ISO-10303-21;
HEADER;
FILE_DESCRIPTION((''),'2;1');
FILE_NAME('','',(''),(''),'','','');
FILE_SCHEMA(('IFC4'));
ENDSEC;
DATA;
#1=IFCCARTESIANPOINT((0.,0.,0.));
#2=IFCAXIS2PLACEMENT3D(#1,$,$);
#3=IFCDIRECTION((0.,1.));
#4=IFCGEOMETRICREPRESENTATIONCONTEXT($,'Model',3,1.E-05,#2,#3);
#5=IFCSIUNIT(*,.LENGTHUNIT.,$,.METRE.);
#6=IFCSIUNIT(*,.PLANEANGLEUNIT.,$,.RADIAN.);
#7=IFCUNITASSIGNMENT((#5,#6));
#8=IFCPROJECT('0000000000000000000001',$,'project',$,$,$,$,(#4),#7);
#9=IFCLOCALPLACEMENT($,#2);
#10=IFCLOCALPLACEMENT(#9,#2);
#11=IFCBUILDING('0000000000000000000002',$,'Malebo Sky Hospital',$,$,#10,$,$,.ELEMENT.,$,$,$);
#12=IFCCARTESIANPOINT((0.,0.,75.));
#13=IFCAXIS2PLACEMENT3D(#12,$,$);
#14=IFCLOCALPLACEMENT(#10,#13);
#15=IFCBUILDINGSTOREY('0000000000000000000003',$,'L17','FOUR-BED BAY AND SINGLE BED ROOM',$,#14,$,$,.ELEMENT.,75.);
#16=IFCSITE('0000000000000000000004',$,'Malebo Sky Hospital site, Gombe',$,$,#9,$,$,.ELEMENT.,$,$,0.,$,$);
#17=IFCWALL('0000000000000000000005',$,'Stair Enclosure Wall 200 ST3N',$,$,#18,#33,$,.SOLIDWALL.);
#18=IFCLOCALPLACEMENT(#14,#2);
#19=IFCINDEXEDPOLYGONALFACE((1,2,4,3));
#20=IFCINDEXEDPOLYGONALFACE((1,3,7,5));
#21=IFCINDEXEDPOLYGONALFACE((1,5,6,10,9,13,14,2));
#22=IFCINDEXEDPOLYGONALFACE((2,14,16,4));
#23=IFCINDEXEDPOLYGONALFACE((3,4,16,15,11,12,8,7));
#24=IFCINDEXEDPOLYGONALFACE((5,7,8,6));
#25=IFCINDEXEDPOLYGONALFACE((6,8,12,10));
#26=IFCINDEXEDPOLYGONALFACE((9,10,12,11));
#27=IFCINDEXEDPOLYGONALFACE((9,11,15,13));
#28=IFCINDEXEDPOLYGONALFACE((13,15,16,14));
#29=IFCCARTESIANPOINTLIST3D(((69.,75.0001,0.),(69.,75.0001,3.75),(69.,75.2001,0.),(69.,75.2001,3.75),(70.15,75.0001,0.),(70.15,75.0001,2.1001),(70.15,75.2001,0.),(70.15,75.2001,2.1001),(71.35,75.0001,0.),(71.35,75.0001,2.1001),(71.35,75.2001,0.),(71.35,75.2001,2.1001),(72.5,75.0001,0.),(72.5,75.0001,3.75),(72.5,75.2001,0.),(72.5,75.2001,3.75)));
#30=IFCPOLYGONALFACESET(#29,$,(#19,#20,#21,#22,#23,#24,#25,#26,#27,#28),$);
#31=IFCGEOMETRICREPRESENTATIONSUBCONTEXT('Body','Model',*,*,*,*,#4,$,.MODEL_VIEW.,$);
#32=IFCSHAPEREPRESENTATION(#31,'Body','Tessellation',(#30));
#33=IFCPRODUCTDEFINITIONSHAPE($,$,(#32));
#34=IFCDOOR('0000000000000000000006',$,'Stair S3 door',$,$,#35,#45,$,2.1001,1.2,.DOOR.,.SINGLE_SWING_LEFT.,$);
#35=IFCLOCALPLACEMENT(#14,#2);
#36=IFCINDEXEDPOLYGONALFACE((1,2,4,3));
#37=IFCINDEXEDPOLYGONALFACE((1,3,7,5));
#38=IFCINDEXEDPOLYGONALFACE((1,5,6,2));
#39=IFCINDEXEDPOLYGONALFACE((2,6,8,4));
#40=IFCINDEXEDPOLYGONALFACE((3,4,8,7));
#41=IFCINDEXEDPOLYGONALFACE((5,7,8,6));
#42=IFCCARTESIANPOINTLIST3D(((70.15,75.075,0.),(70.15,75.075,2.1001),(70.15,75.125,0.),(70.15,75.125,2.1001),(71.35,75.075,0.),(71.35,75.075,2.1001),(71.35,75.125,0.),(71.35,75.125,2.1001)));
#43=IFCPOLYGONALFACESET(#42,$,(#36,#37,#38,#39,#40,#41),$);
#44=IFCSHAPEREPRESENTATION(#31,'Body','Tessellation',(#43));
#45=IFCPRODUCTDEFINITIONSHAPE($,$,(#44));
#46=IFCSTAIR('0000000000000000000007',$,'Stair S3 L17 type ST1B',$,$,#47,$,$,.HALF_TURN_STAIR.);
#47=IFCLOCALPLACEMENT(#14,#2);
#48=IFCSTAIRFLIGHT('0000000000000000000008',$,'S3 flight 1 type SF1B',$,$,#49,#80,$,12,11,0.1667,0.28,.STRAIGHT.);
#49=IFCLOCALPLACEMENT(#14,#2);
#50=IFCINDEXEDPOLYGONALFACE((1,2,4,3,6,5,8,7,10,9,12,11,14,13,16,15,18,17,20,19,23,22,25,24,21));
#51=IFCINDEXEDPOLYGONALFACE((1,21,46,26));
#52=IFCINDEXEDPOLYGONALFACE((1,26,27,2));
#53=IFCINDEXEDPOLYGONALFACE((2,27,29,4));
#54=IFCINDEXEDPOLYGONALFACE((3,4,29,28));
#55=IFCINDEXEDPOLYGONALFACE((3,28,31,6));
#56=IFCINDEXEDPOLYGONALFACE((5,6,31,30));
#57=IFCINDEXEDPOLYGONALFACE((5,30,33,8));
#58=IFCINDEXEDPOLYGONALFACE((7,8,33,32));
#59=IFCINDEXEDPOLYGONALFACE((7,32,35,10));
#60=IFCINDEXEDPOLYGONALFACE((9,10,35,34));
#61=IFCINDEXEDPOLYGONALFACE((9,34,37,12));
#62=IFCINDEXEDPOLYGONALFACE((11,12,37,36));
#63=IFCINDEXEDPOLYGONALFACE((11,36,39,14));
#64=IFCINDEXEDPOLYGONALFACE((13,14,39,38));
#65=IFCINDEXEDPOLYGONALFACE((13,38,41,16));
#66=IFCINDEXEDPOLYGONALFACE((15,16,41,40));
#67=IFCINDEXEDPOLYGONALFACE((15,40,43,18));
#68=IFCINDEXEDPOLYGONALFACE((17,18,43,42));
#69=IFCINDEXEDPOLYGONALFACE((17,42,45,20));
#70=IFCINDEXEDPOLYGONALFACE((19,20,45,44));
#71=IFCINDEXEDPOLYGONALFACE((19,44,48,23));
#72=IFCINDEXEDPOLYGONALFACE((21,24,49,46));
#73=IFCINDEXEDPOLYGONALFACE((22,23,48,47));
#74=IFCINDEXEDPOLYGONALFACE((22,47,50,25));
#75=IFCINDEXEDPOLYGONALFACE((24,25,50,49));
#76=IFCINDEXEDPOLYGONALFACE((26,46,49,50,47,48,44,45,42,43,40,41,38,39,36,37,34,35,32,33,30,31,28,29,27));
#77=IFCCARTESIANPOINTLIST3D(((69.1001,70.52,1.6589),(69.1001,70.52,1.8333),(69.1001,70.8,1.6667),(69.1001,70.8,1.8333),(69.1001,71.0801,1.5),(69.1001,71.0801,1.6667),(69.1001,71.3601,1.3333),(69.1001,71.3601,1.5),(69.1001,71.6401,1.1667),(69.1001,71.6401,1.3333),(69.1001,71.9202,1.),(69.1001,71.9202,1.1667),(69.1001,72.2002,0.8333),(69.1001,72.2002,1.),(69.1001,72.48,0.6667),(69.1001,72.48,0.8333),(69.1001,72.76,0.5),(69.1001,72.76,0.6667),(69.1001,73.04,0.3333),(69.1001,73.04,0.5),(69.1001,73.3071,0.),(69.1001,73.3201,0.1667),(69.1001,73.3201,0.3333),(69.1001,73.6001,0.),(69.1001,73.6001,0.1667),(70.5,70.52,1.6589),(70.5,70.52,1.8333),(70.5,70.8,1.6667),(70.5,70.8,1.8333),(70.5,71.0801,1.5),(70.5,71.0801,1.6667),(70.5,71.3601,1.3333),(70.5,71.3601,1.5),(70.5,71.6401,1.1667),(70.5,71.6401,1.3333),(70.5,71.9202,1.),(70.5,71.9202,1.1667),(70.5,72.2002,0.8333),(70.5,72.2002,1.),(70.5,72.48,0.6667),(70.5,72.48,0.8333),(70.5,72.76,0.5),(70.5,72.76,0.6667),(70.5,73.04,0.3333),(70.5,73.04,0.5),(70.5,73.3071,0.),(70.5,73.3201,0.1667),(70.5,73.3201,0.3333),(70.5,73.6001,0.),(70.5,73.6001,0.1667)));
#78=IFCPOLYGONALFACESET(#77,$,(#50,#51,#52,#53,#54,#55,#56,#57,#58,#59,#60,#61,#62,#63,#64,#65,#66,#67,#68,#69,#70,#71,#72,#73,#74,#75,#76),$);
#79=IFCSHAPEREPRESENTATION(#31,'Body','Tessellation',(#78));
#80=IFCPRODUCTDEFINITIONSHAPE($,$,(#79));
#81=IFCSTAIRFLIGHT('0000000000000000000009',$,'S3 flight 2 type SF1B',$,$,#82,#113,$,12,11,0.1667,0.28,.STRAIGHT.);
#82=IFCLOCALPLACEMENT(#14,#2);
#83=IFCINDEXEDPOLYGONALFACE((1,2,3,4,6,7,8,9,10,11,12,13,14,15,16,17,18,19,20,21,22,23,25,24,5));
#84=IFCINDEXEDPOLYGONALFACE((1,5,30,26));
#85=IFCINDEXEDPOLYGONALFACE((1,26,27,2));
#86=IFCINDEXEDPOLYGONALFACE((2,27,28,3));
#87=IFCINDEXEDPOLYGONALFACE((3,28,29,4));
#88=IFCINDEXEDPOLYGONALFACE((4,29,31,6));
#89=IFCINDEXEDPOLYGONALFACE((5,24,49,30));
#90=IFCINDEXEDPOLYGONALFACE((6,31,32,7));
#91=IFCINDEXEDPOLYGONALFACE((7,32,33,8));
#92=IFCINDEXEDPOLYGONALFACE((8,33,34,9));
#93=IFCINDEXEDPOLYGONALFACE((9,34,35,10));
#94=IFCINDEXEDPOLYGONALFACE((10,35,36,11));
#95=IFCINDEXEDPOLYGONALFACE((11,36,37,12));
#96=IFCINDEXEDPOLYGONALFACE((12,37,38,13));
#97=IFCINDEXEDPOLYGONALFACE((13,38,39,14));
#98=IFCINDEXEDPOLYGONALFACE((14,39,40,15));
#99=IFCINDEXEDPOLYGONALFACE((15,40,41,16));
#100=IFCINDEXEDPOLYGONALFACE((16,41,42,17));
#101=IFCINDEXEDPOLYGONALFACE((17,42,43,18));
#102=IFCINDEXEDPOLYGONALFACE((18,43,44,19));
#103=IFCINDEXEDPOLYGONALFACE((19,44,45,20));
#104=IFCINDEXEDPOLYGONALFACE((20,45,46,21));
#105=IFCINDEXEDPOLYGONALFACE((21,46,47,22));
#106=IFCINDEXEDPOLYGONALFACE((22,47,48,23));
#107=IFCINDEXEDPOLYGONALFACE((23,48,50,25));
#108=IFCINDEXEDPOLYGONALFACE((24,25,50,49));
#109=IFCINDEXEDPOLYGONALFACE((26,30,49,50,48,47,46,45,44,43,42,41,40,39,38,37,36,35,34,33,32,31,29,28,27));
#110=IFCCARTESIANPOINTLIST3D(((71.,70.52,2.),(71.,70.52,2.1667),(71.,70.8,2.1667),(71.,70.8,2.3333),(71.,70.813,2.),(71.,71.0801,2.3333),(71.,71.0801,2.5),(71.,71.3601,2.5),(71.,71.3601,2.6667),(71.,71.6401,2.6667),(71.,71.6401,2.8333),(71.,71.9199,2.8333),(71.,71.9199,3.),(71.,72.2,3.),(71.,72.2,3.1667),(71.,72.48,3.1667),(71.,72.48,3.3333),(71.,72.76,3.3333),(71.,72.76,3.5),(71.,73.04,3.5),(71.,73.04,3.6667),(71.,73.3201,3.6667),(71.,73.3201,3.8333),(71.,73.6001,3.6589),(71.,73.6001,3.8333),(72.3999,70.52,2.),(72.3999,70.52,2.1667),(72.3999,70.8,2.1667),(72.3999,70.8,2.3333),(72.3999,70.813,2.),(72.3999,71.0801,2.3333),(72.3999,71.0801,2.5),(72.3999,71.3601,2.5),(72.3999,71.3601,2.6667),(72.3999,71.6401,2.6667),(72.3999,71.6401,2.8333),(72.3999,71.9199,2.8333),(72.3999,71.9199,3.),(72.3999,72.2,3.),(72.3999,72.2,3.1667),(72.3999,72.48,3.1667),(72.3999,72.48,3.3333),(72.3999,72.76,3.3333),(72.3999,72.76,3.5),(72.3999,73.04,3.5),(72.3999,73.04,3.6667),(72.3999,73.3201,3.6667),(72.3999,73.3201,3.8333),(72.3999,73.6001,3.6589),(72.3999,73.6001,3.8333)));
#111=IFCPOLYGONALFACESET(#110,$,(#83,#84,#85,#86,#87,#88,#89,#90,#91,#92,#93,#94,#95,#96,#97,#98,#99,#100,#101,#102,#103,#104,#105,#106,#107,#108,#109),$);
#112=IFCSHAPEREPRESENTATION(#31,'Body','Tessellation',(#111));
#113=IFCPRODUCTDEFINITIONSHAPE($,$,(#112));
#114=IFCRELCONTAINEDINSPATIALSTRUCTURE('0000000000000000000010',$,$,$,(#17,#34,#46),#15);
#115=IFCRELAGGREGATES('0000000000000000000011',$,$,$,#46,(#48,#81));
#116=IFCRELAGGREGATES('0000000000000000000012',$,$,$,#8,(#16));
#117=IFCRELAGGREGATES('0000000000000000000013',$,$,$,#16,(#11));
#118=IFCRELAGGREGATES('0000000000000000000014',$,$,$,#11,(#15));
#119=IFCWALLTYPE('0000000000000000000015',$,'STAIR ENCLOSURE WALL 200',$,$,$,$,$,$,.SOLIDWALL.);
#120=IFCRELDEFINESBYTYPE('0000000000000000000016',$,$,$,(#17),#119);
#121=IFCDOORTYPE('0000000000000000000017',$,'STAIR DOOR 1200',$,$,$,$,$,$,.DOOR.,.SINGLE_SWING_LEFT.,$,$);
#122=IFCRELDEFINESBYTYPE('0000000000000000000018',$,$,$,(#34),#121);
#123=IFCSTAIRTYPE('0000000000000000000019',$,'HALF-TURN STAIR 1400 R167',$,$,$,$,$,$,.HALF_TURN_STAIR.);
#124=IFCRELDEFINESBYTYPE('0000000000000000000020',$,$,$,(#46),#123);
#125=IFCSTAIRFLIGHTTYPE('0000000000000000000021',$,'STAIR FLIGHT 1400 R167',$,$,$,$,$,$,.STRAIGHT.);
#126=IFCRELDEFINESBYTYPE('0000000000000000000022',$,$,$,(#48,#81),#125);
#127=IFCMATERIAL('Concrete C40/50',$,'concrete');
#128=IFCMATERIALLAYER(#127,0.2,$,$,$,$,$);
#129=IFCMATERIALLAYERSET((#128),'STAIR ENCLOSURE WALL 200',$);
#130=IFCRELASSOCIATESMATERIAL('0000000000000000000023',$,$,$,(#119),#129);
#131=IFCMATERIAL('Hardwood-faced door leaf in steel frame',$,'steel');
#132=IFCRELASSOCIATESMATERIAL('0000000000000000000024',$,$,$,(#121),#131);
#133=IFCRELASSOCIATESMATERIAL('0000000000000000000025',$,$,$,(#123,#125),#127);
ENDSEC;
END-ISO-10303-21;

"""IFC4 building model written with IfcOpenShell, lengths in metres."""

from ifc_helpers import new_model, si_unit, direction, frame, frame_2d, origin, place, context, subcontext, project, spatial, polyline, rectangle, outline, extrude, material, layer, layer_set, type_object, element, fill, aggregate, save


model = new_model("IFC4")

# Units and contexts
model_context = context("Model", 3, precision=1e-05, world=origin(), true_north=direction((0.0, 1.0)))
body_context = subcontext(model_context, "Body", "Model", "MODEL_VIEW")
ifc_project = project(units=[si_unit("LENGTHUNIT", "METRE"), si_unit("PLANEANGLEUNIT", "RADIAN")], contexts=[model_context])

# Site, building, storey
site_placement = place(None, origin())
site = spatial("IfcSite", under=ifc_project, at=site_placement, Name="Malebo Sky Hospital site, Gombe", CompositionType="ELEMENT", RefElevation=0.0)
building_placement = place(site_placement, origin())
building = spatial("IfcBuilding", under=site, at=building_placement, Name="Malebo Sky Hospital", CompositionType="ELEMENT")
storey_placement = place(building_placement, frame((0.0, 0.0, 75.0)))
storey = spatial("IfcBuildingStorey", under=building, at=storey_placement, Name="L17", Description="FOUR-BED BAY AND SINGLE BED ROOM", CompositionType="ELEMENT", Elevation=75.0)

# Shared definitions
ifc_material_1 = material(Name="Hardwood-faced door leaf in steel frame", Category="steel")

# Shared definitions
ifc_material_2 = material(Name="Concrete C40/50", Category="concrete")
ifc_layer_1 = layer(ifc_material_2, 0.2)
ifc_layer_set_1 = layer_set([ifc_layer_1], Name="STAIR ENCLOSURE WALL 200")
wall_type_1 = type_object("IfcWallType", Name="STAIR ENCLOSURE WALL 200", PredefinedType="SOLIDWALL", material=ifc_layer_set_1)

# Wall, opening, door
wall_1_placement = place(storey_placement, frame((69.0, 75.1001, 0.0), z_axis=(0.0, 0.0, 1.0), x_axis=(1.0, 0.0, 0.0)))
wall_1 = element("IfcWall", 1, at=wall_1_placement, inside=storey, type_object=wall_type_1, Name="Stair Enclosure Wall 200 ST3N", PredefinedType="SOLIDWALL", context=body_context, shape_type="SweptSolid", body=[
    extrude(rectangle(XDim=3.5, YDim=0.2, at=frame_2d((1.75, 0.0))), origin(), (0.0, 0.0, 1.0), 3.75),
])
opening_1_placement = place(wall_1_placement, frame((1.1499, 0.0, 0.0)))
opening_1 = element("IfcOpeningElement", 2, at=opening_1_placement, cuts=wall_1, PredefinedType="OPENING", context=body_context, shape_type="SweptSolid", body=[
    extrude(rectangle(XDim=1.2, YDim=2.1001, at=frame_2d((0.6001, 1.05))), frame((0.0, 0.1099, 0.0), z_axis=(0.0, -1.0, 0.0), x_axis=(1.0, 0.0, 0.0)), (0.0, 0.0, 1.0), 0.22),
])
door_type_1 = type_object("IfcDoorType", Name="STAIR DOOR 1200", OperationType="SINGLE_SWING_LEFT", PredefinedType="DOOR", material=ifc_material_1)
door_1_placement = place(opening_1_placement, origin())
door_1 = element("IfcDoor", 3, at=door_1_placement, inside=storey, type_object=door_type_1, Name="Stair S3 door", OperationType="SINGLE_SWING_LEFT", OverallHeight=2.1001, OverallWidth=1.2, PredefinedType="DOOR", context=body_context, shape_type="SweptSolid", body=[
    extrude(rectangle(XDim=1.2, YDim=2.1001, at=frame_2d((0.6001, 1.05))), frame((0.0, 0.0249, 0.0), z_axis=(0.0, -1.0, 0.0), x_axis=(1.0, 0.0, 0.0)), (0.0, 0.0, 1.0), 0.05),
])
fill(opening_1, door_1)

# Stair, stair flights
stair_type = type_object("IfcStairType", Name="HALF-TURN STAIR 1400 R167", PredefinedType="HALF_TURN_STAIR", material=ifc_material_2)
stair_placement = place(storey_placement, origin())
stair = element("IfcStair", 4, at=stair_placement, inside=storey, type_object=stair_type, Name="Stair S3 L17 type ST1B", PredefinedType="HALF_TURN_STAIR")
stair_flight_type = type_object("IfcStairFlightType", Name="STAIR FLIGHT 1400 R167", PredefinedType="STRAIGHT", material=ifc_material_2)
stair_flight_1_placement = place(storey_placement, frame((69.8, 73.6001, 0.0), z_axis=(0.0, 0.0, 1.0), x_axis=(0.0, -1.0, 0.0)))
stair_flight_1 = element("IfcStairFlight", 5, at=stair_flight_1_placement, type_object=stair_flight_type, Name="S3 flight 1 type SF1B", NumberOfRisers=12, NumberOfTreads=11, PredefinedType="STRAIGHT", RiserHeight=0.1667, TreadLength=0.28, context=body_context, shape_type="SweptSolid", body=[
    extrude(outline(polyline([(0.0, 0.0), (0.0, 0.1667), (0.28, 0.1667), (0.28, 0.3333), (0.5601, 0.3333), (0.5601, 0.5), (0.8401, 0.5), (0.8401, 0.6667), (1.1201, 0.6667), (1.1201, 0.8333), (1.3999, 0.8333), (1.3999, 1.0), (1.6799, 1.0), (1.6799, 1.1667), (1.96, 1.1667), (1.96, 1.3333), (2.24, 1.3333), (2.24, 1.5), (2.52, 1.5), (2.52, 1.6667), (2.8, 1.6667), (2.8, 1.8333), (3.0801, 1.8333), (3.0801, 2.0), (3.0801, 1.6589), (0.293, 0.0), (0.0, 0.0)])), frame((0.0, 0.7, 0.0), z_axis=(0.0, -1.0, 0.0), x_axis=(1.0, 0.0, 0.0)), (0.0, 0.0, 1.0), 1.3999),
])
stair_flight_2_placement = place(storey_placement, frame((71.7, 70.52, 2.0), z_axis=(0.0, 0.0, 1.0), x_axis=(0.0, 1.0, 0.0)))
stair_flight_2 = element("IfcStairFlight", 6, at=stair_flight_2_placement, type_object=stair_flight_type, Name="S3 flight 2 type SF1B", NumberOfRisers=12, NumberOfTreads=11, PredefinedType="STRAIGHT", RiserHeight=0.1667, TreadLength=0.28, context=body_context, shape_type="SweptSolid", body=[
    extrude(outline(polyline([(0.0, 0.0), (0.0, 0.1667), (0.28, 0.1667), (0.28, 0.3333), (0.5601, 0.3333), (0.5601, 0.5), (0.8401, 0.5), (0.8401, 0.6667), (1.1201, 0.6667), (1.1201, 0.8333), (1.3999, 0.8333), (1.3999, 1.0), (1.6799, 1.0), (1.6799, 1.1667), (1.96, 1.1667), (1.96, 1.3333), (2.24, 1.3333), (2.24, 1.5), (2.52, 1.5), (2.52, 1.6667), (2.8, 1.6667), (2.8, 1.8333), (3.0801, 1.8333), (3.0801, 2.0), (3.0801, 1.6589), (0.293, 0.0), (0.0, 0.0)])), frame((0.0, 0.7, 0.0), z_axis=(0.0, -1.0, 0.0), x_axis=(1.0, 0.0, 0.0)), (0.0, 0.0, 1.0), 1.3999),
])
aggregate(stair, [stair_flight_1, stair_flight_2])

save(model, "model.ifc")
